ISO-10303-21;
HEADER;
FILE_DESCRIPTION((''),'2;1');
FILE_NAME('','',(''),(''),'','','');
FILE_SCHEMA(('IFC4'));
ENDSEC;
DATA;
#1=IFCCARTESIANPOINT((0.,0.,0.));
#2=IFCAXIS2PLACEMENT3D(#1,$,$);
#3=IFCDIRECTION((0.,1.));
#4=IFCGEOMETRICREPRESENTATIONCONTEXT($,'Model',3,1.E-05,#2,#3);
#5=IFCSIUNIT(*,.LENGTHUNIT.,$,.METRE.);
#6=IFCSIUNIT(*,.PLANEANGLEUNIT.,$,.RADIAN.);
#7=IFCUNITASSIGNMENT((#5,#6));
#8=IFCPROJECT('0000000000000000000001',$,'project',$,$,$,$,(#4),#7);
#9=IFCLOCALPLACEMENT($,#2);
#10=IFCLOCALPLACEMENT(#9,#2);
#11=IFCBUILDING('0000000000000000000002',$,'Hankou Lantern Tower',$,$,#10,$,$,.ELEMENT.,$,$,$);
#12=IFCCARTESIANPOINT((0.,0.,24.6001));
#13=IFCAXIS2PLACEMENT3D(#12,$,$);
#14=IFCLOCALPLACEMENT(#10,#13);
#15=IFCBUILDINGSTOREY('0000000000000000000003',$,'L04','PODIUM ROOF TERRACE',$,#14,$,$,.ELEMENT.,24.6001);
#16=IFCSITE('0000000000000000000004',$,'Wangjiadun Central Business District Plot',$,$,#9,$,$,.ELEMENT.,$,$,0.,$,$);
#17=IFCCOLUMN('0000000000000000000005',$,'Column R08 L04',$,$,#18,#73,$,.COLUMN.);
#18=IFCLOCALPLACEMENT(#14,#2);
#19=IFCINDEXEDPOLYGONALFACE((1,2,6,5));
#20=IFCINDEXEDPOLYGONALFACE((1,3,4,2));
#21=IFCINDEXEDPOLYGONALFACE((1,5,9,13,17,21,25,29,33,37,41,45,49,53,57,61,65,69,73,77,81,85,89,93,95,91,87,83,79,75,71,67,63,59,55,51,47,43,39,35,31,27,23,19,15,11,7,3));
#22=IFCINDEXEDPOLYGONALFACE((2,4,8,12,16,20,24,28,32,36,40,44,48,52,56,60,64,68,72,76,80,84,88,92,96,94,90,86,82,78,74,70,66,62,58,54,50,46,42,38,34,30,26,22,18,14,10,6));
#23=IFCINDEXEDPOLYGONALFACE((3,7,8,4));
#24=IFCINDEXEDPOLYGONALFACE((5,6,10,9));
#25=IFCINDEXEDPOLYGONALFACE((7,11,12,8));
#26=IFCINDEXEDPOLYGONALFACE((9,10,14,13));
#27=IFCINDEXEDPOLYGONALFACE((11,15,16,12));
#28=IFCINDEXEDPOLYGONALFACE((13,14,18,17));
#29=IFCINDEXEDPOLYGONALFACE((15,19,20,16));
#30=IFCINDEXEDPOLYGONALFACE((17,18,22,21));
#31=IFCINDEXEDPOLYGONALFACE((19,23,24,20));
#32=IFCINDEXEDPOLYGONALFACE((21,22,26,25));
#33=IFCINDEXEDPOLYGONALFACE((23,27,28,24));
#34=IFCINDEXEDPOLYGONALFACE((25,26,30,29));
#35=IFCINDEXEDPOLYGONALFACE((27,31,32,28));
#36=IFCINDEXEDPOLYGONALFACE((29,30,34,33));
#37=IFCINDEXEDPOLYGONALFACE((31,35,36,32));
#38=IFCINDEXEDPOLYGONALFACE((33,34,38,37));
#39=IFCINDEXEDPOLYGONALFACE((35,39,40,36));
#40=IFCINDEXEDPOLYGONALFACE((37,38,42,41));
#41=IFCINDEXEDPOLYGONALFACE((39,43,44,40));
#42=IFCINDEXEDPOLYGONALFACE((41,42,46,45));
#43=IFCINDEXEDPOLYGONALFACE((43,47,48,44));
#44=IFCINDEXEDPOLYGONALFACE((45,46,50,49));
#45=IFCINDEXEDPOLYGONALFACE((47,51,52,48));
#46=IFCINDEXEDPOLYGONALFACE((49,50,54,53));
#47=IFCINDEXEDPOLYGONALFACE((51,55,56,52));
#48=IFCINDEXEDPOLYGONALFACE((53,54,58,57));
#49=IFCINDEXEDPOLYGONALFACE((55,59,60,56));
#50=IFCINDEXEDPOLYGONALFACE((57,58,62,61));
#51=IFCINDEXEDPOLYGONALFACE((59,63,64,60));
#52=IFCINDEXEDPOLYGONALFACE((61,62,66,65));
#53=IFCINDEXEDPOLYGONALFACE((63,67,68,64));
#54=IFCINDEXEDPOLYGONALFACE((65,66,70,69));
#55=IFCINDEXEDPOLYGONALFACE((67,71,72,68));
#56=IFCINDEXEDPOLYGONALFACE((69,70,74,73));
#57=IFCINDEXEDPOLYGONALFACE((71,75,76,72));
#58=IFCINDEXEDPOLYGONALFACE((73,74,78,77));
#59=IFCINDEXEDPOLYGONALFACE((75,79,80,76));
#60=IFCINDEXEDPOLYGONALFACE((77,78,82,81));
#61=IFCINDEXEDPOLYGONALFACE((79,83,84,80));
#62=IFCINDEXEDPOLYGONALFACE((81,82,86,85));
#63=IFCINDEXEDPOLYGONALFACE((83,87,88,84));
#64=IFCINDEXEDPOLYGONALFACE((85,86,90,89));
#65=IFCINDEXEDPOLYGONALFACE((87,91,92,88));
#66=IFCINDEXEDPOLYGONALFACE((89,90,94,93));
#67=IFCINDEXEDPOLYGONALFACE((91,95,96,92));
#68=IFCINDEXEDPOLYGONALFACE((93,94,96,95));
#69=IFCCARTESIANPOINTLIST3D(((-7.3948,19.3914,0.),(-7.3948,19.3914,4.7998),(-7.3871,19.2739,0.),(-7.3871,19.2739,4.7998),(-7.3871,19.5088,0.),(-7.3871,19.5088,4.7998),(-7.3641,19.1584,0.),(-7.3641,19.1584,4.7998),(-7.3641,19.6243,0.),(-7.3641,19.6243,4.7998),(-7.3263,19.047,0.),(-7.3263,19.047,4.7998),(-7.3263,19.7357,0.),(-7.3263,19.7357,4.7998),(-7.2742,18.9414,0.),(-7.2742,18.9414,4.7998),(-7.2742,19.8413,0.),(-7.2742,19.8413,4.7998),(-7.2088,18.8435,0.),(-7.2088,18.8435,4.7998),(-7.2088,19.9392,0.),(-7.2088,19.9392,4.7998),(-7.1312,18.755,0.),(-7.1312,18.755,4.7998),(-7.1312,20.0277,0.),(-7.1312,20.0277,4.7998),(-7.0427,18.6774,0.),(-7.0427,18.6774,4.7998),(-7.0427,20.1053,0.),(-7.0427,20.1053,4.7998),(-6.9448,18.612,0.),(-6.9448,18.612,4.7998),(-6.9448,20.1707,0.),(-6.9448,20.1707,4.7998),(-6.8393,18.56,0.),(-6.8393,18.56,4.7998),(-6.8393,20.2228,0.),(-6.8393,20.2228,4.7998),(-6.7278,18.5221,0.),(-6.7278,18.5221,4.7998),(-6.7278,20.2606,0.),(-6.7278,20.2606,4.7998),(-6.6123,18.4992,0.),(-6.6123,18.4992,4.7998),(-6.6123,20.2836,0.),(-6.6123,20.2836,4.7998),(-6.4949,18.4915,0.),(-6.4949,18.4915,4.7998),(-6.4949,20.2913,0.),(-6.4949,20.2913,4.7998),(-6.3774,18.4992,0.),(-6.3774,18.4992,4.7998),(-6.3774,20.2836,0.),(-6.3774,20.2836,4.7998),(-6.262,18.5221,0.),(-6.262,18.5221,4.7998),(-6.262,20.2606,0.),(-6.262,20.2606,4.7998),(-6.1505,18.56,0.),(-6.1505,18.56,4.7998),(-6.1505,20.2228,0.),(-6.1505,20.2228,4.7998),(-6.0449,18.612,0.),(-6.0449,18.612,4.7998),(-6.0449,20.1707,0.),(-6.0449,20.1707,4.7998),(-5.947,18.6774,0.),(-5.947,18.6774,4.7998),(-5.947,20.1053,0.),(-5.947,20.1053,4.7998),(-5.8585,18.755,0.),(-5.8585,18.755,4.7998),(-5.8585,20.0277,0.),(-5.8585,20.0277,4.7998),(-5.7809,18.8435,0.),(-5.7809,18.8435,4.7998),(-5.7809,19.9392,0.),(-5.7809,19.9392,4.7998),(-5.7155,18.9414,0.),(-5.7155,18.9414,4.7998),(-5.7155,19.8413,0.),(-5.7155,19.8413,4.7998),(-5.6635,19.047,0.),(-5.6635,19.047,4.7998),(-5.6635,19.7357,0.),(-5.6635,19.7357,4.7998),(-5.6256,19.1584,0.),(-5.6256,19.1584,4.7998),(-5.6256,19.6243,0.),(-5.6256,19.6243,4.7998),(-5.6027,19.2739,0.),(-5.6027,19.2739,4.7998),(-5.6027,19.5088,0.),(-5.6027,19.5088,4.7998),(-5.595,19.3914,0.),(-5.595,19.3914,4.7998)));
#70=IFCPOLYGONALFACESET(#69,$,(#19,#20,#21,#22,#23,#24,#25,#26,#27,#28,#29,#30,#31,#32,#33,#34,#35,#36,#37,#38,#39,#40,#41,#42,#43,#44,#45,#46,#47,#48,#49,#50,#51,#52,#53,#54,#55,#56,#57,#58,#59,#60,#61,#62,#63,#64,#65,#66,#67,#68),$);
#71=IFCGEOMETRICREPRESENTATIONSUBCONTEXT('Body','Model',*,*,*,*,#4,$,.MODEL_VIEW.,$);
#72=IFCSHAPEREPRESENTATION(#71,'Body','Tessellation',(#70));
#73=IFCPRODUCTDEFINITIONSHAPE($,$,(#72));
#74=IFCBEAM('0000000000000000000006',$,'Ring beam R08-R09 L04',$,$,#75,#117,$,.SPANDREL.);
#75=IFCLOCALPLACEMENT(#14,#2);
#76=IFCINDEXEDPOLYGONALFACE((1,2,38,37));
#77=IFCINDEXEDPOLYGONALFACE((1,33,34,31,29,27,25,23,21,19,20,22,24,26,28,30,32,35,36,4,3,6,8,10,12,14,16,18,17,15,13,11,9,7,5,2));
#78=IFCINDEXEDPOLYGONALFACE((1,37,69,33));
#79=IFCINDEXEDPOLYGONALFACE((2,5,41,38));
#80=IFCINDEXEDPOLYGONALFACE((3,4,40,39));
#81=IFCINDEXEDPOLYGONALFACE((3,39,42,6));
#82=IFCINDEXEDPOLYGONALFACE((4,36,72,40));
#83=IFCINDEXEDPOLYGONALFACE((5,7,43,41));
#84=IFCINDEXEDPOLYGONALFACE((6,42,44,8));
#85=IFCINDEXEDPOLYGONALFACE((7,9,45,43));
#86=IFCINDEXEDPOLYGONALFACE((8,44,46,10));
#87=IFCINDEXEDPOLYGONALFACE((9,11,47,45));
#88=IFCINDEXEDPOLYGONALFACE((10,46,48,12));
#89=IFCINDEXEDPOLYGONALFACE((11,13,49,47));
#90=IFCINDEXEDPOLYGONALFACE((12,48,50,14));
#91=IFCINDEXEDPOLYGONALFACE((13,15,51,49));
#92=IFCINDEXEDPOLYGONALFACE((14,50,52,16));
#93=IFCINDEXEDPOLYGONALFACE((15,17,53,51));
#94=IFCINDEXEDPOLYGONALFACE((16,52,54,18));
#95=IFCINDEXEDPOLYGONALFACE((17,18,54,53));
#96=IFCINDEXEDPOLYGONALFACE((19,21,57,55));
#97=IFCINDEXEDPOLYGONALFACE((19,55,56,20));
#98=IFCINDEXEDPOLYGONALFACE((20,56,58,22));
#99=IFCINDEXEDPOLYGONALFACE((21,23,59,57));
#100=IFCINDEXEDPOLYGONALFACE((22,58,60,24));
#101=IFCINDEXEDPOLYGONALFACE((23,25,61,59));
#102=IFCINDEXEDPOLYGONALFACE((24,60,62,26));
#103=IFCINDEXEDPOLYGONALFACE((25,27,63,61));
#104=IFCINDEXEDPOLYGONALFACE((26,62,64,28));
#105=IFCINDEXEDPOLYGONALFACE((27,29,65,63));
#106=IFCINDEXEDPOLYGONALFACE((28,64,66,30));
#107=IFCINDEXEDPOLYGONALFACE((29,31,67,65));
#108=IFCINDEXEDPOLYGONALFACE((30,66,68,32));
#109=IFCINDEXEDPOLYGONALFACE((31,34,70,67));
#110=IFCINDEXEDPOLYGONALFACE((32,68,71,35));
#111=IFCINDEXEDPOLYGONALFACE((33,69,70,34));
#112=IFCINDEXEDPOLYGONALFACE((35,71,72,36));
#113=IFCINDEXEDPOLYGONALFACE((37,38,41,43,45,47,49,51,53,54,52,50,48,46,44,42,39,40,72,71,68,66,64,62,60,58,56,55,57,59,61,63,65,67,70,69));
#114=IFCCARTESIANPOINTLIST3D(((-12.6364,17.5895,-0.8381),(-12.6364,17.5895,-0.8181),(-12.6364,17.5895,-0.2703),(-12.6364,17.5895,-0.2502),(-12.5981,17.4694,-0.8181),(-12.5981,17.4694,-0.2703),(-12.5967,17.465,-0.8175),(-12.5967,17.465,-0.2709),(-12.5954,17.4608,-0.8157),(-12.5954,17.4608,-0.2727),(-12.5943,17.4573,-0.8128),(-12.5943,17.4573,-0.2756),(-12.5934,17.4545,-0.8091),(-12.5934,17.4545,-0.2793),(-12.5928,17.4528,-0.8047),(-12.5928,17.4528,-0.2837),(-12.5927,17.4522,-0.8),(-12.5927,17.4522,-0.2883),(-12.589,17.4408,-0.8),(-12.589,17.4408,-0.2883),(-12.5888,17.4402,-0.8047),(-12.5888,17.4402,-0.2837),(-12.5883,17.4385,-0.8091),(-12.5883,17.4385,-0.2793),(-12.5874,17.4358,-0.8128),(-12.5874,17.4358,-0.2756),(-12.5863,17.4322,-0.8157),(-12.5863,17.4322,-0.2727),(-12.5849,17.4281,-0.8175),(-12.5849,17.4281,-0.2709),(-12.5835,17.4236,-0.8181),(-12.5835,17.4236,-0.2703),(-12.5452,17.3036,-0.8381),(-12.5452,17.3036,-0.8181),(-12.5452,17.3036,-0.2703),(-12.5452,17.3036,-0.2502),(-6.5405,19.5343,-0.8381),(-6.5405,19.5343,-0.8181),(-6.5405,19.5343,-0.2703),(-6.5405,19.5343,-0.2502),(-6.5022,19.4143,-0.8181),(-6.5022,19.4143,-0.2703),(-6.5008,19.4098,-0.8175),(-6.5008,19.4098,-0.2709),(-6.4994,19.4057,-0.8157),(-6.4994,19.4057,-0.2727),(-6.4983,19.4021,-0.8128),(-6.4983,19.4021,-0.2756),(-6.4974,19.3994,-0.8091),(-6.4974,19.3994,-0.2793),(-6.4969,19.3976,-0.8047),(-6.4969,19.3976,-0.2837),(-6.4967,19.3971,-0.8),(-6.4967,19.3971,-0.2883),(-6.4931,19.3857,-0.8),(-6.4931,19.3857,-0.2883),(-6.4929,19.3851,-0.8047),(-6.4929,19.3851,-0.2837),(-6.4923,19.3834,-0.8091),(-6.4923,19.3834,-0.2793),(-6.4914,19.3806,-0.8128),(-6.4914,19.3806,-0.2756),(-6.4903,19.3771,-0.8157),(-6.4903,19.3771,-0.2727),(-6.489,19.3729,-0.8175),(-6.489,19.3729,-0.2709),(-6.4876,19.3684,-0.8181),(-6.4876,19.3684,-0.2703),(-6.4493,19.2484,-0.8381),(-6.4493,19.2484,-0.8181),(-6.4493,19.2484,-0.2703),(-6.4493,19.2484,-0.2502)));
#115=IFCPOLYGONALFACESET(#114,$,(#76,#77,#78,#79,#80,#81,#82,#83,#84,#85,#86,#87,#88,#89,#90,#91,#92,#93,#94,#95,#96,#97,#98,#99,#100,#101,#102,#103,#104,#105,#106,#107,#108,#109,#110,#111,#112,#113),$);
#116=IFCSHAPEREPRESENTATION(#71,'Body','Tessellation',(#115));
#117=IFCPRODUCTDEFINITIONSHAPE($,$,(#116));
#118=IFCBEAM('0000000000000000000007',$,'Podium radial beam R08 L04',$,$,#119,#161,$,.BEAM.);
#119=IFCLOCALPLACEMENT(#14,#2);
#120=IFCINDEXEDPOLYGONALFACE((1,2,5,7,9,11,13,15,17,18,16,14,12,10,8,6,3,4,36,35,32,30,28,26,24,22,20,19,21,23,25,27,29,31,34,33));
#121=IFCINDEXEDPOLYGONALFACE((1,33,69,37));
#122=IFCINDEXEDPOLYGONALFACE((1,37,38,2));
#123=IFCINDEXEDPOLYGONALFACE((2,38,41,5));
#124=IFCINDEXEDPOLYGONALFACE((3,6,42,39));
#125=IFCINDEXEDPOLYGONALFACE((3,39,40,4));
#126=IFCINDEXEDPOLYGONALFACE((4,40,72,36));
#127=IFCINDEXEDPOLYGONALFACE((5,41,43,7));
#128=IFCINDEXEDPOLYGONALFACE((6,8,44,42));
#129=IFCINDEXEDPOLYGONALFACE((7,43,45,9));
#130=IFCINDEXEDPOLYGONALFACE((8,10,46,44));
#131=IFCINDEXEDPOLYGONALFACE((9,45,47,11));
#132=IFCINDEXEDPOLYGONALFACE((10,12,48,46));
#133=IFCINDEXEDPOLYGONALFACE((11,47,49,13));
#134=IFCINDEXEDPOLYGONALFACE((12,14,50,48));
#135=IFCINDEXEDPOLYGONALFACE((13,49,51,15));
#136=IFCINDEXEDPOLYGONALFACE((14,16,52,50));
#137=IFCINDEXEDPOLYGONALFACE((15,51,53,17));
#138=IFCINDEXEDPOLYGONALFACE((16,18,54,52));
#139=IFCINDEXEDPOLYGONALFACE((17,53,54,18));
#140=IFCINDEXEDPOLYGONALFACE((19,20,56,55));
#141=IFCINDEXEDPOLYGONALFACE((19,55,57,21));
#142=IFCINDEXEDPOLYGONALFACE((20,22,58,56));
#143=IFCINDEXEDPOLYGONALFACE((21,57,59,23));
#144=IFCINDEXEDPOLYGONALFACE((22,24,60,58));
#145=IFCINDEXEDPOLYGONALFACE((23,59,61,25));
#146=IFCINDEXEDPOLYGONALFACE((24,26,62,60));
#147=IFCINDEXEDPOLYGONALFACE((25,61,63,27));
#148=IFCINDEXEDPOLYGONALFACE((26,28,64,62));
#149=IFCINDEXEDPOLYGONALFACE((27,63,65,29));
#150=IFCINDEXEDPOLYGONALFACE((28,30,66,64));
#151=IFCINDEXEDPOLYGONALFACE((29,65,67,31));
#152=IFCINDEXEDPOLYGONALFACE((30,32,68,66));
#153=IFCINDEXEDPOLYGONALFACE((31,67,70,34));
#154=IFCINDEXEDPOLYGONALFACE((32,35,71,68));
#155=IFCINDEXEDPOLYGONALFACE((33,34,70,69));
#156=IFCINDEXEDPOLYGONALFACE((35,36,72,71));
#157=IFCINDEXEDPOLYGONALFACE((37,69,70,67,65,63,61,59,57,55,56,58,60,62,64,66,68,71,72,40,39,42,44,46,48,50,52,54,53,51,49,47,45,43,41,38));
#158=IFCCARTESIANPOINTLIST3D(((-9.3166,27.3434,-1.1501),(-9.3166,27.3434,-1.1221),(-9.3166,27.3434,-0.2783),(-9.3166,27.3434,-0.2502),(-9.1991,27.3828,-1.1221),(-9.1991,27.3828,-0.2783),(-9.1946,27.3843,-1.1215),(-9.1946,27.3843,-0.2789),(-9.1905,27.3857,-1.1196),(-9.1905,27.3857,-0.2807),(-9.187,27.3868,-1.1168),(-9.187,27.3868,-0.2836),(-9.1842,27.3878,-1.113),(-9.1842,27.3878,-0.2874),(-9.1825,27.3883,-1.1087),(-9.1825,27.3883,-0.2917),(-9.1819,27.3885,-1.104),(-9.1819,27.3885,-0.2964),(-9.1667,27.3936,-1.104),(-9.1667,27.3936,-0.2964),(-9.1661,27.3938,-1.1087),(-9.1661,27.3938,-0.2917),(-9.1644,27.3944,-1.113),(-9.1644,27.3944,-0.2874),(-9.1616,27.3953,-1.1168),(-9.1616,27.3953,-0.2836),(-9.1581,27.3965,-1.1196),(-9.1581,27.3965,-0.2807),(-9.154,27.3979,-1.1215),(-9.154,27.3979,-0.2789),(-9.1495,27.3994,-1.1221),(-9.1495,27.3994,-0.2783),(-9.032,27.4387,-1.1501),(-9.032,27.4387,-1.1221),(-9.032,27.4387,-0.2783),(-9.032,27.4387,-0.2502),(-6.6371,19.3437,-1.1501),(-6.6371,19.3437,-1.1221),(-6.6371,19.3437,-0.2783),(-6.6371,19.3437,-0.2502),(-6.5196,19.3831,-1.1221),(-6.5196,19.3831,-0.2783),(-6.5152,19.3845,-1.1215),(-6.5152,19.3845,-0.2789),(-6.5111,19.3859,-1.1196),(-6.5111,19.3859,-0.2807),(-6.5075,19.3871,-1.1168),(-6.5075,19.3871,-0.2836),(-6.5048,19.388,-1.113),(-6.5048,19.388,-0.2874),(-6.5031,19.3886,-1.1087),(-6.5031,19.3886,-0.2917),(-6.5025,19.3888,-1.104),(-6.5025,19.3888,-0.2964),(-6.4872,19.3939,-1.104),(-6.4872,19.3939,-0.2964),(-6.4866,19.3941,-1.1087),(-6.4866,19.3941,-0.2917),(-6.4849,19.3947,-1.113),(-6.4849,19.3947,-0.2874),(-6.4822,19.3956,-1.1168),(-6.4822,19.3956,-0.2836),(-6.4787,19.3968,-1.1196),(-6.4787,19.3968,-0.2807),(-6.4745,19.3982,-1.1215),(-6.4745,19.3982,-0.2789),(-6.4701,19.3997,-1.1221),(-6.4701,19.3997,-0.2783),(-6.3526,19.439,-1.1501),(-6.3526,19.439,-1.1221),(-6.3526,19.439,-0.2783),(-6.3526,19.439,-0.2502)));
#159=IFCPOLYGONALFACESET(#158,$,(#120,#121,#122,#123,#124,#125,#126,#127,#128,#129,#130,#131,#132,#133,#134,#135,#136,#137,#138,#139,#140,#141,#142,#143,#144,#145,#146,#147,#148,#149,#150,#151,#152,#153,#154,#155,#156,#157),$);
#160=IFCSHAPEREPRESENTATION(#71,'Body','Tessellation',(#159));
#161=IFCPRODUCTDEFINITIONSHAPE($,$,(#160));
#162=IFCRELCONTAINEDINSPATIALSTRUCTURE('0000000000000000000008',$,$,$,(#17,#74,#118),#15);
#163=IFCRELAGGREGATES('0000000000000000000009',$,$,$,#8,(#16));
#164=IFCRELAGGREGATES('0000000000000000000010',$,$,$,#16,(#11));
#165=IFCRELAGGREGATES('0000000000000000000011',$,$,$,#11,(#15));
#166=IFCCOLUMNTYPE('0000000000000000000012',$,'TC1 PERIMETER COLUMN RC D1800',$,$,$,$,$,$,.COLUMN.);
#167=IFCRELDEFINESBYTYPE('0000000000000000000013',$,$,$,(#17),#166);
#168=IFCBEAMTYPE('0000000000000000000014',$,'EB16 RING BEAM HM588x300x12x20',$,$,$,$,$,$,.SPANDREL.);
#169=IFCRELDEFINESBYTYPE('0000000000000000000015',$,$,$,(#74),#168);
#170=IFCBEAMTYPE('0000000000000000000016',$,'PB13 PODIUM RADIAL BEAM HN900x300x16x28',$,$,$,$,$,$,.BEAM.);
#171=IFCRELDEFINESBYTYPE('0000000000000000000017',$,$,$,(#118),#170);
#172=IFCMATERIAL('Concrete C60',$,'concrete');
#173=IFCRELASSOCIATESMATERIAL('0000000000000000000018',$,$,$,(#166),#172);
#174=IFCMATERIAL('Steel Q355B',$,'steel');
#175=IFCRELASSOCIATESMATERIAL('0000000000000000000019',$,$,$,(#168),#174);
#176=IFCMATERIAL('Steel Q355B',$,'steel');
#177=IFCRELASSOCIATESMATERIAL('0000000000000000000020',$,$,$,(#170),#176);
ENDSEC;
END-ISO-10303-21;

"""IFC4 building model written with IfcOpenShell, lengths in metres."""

from ifc_helpers import new_model, si_unit, direction, frame, origin, origin_2d, place, context, subcontext, project, spatial, circle, i_section, extrude, material, material_profile, profile_set, type_object, element, save


model = new_model("IFC4")

# Units and contexts
model_context = context("Model", 3, precision=1e-05, world=origin(), true_north=direction((0.0, 1.0)))
body_context = subcontext(model_context, "Body", "Model", "MODEL_VIEW")
ifc_project = project(units=[si_unit("LENGTHUNIT", "METRE"), si_unit("PLANEANGLEUNIT", "RADIAN")], contexts=[model_context])

# Site, building, storey
site_placement = place(None, origin())
site = spatial("IfcSite", under=ifc_project, at=site_placement, Name="Wangjiadun Central Business District Plot", CompositionType="ELEMENT", RefElevation=0.0)
building_placement = place(site_placement, origin())
building = spatial("IfcBuilding", under=site, at=building_placement, Name="Hankou Lantern Tower", CompositionType="ELEMENT")
storey_placement = place(building_placement, frame((0.0, 0.0, 24.6001)))
storey = spatial("IfcBuildingStorey", under=building, at=storey_placement, Name="L04", Description="PODIUM ROOF TERRACE", CompositionType="ELEMENT", Elevation=24.6001)

# Column
ifc_material_1 = material(Name="Concrete C60", Category="concrete")
ifc_material_profile_1 = material_profile(ifc_material_1, circle(Radius=0.8999, at=origin_2d()), Name="RC D1800")
ifc_profile_set_1 = profile_set([ifc_material_profile_1], Name="Concrete C60")
column_type = type_object("IfcColumnType", Name="TC1 PERIMETER COLUMN RC D1800", PredefinedType="COLUMN", material=ifc_profile_set_1)
column_placement = place(storey_placement, frame((-6.4949, 19.3914, 0.0), z_axis=(0.0, 0.0, 1.0), x_axis=(1.0, 0.0, 0.0)))
element("IfcColumn", 1, at=column_placement, inside=storey, type_object=column_type, Name="Column R08 L04", PredefinedType="COLUMN", context=body_context, shape_type="SweptSolid", body=[
    extrude(circle(Radius=0.8999, at=origin_2d()), origin(), (0.0, 0.0, 1.0), 4.7998),
])

# Beams
ifc_material_2 = material(Name="Steel Q355B", Category="steel")
ifc_material_profile_2 = material_profile(ifc_material_2, i_section(OverallWidth=0.3, OverallDepth=0.5879, WebThickness=0.012, FlangeThickness=0.02, FilletRadius=0.0181, at=origin_2d()), Name="HM588x300x12x20")
ifc_profile_set_2 = profile_set([ifc_material_profile_2], Name="Steel Q355B")
beam_type_1 = type_object("IfcBeamType", Name="EB16 RING BEAM HM588x300x12x20", PredefinedType="SPANDREL", material=ifc_profile_set_2)
beam_1_placement = place(storey_placement, frame((-6.4949, 19.3914, -0.5442), z_axis=(-0.95269, -0.303942, 0.0), x_axis=(0.303942, -0.95269, 0.0)))
element("IfcBeam", 2, at=beam_1_placement, inside=storey, type_object=beam_type_1, Name="Ring beam R08-R09 L04", PredefinedType="SPANDREL", context=body_context, shape_type="SweptSolid", body=[
    extrude(i_section(OverallWidth=0.3, OverallDepth=0.5879, WebThickness=0.012, FlangeThickness=0.02, FilletRadius=0.0181, at=origin_2d()), origin(), (0.0, 0.0, 1.0), 6.3987),
])
ifc_material_3 = material(Name="Steel Q355B", Category="steel")
ifc_material_profile_3 = material_profile(ifc_material_3, i_section(OverallWidth=0.3, OverallDepth=0.8999, WebThickness=0.0161, FlangeThickness=0.0281, FilletRadius=0.0181, at=origin_2d()), Name="HN900x300x16x28")
ifc_profile_set_3 = profile_set([ifc_material_profile_3], Name="Steel Q355B")
beam_type_2 = type_object("IfcBeamType", Name="PB13 PODIUM RADIAL BEAM HN900x300x16x28", PredefinedType="BEAM", material=ifc_profile_set_3)
beam_2_placement = place(storey_placement, frame((-6.4949, 19.3914, -0.7002), z_axis=(-0.317599, 0.948225, 0.0), x_axis=(-0.948225, -0.317599, 0.0)))
element("IfcBeam", 3, at=beam_2_placement, inside=storey, type_object=beam_type_2, Name="Podium radial beam R08 L04", PredefinedType="BEAM", context=body_context, shape_type="SweptSolid", body=[
    extrude(i_section(OverallWidth=0.3, OverallDepth=0.8999, WebThickness=0.0161, FlangeThickness=0.0281, FilletRadius=0.0181, at=origin_2d()), origin(), (0.0, 0.0, 1.0), 8.4365),
])

save(model, "model.ifc")
